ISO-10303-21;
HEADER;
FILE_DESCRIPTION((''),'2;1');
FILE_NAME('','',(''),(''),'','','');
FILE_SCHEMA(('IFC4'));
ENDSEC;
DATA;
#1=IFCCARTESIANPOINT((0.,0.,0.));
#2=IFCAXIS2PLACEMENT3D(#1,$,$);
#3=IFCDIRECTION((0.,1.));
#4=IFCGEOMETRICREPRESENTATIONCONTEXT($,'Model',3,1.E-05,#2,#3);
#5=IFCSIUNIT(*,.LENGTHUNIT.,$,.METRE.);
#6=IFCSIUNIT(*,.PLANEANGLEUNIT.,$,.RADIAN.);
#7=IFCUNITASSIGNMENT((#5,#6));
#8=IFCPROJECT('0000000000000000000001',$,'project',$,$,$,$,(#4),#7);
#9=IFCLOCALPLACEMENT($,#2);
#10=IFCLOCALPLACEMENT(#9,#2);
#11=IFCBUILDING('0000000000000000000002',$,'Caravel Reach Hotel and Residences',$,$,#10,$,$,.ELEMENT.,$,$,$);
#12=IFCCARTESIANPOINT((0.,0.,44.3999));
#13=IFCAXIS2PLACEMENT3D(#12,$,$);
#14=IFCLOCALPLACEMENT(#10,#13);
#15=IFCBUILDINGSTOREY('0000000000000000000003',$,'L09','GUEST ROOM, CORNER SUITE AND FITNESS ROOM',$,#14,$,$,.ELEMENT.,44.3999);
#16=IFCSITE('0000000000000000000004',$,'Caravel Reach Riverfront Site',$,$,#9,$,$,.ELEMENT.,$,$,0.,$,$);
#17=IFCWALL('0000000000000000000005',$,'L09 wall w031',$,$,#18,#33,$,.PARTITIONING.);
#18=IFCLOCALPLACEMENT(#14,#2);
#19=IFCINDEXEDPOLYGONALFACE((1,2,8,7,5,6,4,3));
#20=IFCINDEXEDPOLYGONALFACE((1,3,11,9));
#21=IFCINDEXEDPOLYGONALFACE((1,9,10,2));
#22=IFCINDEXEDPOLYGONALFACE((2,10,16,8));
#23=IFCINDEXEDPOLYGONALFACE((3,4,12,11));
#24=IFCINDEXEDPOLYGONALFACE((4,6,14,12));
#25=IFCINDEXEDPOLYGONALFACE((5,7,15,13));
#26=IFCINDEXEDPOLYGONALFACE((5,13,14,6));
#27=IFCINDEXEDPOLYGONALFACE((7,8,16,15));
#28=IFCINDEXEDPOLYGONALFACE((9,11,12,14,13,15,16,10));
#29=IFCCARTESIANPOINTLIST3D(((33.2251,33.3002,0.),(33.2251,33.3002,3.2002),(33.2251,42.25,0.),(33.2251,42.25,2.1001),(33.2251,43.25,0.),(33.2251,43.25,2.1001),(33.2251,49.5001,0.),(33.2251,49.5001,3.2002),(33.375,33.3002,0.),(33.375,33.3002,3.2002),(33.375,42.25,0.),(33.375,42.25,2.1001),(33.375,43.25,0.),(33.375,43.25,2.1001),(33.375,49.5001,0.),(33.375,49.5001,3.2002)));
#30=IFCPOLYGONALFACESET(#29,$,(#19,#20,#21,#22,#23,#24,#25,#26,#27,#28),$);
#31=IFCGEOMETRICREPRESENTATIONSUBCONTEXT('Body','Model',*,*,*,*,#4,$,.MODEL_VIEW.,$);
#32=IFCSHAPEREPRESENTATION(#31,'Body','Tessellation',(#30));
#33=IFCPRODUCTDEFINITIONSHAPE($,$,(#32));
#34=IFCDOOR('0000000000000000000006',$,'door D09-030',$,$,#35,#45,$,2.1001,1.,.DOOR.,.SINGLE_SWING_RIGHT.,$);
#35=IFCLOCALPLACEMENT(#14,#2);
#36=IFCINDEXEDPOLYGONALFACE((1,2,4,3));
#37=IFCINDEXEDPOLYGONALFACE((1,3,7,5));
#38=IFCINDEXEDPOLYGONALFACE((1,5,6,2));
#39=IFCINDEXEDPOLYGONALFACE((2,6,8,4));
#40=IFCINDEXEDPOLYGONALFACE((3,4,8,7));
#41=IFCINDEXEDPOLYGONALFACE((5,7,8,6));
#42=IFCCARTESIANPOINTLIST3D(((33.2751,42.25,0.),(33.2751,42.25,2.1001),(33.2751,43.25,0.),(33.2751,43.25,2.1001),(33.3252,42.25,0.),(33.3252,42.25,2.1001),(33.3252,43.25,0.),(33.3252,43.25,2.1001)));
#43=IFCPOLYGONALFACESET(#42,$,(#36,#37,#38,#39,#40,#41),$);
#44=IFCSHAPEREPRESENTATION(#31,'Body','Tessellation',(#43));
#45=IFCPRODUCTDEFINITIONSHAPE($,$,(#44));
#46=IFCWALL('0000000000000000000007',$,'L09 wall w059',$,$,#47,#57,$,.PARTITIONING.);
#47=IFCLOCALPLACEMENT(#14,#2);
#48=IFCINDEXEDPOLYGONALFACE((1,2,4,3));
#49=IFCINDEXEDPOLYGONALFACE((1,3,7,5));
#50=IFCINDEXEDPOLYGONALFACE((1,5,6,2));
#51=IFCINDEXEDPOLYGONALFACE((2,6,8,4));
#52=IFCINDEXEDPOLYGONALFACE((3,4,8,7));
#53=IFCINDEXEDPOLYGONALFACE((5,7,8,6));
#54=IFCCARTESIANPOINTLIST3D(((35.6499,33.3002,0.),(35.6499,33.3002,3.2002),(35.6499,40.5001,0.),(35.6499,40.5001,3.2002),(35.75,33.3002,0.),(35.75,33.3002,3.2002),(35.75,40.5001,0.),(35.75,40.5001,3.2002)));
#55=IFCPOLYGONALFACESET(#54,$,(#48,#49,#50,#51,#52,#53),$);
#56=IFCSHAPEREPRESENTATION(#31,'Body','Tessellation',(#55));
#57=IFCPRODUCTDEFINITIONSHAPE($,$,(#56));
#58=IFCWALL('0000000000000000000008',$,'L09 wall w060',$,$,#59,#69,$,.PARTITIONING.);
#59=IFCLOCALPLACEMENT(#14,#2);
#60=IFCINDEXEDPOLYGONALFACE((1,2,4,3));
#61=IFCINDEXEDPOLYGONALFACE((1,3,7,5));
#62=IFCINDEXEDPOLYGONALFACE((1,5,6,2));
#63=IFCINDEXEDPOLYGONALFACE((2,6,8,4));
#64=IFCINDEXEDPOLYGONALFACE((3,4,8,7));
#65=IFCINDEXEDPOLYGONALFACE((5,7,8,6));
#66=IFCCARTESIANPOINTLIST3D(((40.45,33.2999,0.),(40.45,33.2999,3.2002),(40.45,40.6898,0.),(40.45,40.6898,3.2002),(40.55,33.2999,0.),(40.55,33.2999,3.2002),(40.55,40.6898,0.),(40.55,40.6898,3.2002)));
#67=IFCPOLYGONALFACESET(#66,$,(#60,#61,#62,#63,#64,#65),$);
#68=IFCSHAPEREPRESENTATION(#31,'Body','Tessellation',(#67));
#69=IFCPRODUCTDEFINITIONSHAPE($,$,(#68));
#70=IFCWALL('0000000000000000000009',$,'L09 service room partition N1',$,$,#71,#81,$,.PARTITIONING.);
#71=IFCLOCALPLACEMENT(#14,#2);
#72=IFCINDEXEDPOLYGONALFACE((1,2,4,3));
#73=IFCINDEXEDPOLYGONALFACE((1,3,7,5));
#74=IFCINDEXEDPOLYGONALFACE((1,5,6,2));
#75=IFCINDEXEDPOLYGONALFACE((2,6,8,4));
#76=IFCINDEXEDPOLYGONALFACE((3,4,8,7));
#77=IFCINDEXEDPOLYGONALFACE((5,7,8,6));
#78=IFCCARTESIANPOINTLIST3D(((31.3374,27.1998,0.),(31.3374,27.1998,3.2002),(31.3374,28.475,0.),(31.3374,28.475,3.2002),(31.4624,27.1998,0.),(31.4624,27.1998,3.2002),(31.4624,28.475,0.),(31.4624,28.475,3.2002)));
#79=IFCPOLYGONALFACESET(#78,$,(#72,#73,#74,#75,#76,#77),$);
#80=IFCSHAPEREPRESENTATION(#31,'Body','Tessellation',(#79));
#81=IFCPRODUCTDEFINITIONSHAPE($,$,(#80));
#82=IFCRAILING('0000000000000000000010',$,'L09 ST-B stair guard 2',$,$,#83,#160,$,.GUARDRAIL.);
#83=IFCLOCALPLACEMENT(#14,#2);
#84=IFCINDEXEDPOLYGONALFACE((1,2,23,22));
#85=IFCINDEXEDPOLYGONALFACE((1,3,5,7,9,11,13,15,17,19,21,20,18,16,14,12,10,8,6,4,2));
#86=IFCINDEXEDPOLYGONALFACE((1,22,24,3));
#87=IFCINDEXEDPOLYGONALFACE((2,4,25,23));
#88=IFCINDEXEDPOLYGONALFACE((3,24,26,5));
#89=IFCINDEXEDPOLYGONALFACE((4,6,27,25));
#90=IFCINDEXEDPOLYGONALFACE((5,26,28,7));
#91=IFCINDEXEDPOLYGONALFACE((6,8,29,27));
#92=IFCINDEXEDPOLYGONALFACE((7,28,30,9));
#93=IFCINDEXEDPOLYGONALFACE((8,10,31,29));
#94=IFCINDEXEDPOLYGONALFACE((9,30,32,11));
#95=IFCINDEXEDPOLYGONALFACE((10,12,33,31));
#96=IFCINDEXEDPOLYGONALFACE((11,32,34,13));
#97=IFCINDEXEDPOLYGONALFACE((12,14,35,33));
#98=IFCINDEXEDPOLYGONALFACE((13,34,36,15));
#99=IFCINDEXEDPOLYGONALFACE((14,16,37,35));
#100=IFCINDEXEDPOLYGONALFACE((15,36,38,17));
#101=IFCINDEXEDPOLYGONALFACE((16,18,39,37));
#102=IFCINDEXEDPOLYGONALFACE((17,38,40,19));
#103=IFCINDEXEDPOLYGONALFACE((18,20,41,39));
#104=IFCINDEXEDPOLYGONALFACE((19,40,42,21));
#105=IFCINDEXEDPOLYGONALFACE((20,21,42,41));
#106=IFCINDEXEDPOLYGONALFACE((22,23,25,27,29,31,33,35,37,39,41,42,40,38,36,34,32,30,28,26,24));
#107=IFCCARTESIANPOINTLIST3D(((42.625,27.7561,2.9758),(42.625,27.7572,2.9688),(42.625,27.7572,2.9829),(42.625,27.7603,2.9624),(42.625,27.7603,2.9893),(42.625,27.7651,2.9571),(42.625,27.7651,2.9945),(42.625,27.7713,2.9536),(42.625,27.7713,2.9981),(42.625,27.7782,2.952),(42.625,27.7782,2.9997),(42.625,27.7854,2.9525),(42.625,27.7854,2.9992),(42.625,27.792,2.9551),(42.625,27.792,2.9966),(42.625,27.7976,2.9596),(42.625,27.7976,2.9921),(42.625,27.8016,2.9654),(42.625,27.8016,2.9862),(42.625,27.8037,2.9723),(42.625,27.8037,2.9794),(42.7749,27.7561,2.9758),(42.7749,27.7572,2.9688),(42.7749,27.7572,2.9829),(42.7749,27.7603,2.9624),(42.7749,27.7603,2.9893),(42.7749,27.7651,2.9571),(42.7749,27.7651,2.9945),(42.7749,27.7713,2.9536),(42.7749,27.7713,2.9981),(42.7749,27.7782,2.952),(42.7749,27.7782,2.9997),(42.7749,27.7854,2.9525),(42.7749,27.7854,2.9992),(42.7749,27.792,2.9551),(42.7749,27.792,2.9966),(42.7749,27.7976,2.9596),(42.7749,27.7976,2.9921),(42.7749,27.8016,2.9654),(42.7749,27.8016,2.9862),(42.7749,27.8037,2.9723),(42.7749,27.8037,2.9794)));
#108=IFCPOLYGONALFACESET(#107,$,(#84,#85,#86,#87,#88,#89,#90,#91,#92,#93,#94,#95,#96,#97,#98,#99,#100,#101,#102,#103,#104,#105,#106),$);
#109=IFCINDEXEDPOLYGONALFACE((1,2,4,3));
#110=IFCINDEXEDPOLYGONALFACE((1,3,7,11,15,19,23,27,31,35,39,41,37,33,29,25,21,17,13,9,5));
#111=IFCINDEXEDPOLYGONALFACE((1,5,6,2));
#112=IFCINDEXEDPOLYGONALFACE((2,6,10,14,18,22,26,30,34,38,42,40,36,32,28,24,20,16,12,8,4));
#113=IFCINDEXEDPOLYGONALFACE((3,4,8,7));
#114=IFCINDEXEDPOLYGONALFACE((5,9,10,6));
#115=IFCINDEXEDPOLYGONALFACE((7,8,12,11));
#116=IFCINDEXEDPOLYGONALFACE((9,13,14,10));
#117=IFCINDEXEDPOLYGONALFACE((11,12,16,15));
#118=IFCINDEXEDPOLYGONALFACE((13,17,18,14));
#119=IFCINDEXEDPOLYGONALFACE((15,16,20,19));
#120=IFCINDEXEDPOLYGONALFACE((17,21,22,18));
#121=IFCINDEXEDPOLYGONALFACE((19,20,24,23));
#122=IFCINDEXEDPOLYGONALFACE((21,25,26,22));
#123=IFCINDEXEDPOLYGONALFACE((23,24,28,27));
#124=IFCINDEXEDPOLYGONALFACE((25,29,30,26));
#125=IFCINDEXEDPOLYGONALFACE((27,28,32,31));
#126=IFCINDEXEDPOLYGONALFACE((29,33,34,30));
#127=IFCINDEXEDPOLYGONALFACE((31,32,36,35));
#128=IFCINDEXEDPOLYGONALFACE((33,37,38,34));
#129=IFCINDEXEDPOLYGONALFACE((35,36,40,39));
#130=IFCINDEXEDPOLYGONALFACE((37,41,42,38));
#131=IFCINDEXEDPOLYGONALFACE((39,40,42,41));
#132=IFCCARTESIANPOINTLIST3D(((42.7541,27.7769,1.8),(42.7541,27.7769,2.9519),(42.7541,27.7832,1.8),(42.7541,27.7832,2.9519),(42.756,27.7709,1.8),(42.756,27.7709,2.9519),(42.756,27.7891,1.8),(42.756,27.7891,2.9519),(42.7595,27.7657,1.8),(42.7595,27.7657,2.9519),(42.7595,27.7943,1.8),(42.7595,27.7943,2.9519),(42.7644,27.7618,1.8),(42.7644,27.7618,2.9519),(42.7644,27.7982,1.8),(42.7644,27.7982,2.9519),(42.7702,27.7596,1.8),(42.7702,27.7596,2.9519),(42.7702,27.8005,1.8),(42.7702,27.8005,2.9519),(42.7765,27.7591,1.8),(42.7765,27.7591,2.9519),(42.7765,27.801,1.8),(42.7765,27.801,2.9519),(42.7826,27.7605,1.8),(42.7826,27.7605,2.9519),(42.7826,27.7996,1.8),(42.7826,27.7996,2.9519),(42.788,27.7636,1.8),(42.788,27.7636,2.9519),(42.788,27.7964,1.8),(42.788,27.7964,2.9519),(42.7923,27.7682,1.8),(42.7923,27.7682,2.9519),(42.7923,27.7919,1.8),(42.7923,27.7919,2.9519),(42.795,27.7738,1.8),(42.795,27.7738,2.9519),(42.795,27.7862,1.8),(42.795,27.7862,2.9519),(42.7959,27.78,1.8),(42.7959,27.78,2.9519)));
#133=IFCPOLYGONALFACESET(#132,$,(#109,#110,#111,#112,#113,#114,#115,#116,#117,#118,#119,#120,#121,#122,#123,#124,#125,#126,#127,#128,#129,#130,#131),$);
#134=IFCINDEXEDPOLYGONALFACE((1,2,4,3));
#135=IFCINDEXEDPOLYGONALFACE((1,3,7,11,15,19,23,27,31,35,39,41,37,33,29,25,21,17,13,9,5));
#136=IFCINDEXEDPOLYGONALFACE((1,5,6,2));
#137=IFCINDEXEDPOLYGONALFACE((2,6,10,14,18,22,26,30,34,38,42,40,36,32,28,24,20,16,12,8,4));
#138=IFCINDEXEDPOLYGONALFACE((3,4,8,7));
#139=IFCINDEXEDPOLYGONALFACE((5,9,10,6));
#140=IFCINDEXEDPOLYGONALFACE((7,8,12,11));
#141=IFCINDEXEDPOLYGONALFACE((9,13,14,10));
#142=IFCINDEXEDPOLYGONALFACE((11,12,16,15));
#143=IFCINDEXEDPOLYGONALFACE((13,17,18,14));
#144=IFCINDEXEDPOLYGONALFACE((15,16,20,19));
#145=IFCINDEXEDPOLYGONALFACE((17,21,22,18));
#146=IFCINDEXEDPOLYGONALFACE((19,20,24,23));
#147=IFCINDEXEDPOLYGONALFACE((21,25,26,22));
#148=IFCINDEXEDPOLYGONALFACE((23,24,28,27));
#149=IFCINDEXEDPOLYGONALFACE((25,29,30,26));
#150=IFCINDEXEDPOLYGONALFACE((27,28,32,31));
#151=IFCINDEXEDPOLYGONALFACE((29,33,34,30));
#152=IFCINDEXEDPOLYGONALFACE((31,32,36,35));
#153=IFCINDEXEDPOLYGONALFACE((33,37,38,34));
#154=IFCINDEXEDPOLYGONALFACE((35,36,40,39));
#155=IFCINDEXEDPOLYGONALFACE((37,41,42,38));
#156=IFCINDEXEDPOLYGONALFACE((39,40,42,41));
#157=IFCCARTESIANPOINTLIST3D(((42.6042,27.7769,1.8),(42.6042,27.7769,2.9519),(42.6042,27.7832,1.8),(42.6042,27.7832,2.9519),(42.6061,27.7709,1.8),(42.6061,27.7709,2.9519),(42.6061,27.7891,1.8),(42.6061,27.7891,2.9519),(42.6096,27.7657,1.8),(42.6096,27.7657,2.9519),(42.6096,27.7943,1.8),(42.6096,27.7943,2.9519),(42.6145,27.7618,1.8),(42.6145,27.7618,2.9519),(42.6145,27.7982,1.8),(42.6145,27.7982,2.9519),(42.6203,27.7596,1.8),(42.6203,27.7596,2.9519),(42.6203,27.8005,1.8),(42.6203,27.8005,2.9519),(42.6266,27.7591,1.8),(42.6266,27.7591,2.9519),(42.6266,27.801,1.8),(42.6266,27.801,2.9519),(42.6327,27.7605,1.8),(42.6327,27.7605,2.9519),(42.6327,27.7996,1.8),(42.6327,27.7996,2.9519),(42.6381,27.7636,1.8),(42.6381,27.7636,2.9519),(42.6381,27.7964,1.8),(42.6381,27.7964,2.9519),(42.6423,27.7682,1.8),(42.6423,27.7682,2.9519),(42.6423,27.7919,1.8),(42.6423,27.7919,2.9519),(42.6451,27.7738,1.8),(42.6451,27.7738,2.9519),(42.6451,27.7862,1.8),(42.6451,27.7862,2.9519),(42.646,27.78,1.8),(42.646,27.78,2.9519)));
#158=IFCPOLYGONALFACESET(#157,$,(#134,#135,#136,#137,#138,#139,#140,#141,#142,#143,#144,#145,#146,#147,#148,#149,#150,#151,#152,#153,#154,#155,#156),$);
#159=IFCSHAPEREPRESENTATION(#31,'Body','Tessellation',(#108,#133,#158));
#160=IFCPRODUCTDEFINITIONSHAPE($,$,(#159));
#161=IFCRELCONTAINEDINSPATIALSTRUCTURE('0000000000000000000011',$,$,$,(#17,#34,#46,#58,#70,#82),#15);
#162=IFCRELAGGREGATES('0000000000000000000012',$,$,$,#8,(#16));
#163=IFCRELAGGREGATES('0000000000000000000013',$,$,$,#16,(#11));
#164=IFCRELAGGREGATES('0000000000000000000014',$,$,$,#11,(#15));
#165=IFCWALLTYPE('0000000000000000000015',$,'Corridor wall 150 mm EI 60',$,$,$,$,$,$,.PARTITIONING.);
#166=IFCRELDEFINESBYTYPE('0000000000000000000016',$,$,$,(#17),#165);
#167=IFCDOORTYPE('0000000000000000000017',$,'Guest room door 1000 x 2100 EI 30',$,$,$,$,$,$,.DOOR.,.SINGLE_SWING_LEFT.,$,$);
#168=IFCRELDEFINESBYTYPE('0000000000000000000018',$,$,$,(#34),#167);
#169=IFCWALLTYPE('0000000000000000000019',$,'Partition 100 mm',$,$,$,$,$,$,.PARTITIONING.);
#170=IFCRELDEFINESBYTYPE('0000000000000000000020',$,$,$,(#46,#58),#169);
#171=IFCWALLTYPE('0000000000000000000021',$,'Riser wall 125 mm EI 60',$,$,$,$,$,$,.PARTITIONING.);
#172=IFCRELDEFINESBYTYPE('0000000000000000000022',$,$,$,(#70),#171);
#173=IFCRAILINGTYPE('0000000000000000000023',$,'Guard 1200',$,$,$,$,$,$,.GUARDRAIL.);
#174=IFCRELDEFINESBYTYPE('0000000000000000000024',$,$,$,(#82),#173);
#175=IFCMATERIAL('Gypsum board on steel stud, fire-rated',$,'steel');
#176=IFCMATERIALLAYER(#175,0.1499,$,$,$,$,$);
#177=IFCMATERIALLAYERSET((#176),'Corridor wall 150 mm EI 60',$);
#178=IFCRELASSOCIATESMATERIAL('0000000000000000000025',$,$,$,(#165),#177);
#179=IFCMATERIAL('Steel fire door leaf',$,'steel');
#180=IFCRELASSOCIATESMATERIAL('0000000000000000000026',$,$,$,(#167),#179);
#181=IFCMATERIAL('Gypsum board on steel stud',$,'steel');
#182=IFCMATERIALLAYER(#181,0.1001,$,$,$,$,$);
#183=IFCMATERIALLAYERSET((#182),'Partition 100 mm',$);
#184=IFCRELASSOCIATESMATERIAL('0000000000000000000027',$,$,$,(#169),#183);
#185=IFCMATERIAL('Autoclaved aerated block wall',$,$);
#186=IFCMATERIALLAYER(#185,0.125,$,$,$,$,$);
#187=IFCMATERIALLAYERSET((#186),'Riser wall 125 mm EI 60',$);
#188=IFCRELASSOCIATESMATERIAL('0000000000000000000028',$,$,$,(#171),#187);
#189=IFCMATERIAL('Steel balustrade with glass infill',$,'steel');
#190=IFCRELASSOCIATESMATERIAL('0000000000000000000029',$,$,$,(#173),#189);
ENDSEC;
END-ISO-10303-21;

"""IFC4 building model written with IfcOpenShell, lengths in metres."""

from ifc_helpers import new_model, si_unit, direction, frame, frame_2d, origin, origin_2d, place, context, subcontext, project, spatial, rectangle, circle, extrude, material, layer, layer_set, type_object, element, fill, save


model = new_model("IFC4")

# Units and contexts
model_context = context("Model", 3, precision=1e-05, world=origin(), true_north=direction((0.0, 1.0)))
body_context = subcontext(model_context, "Body", "Model", "MODEL_VIEW")
ifc_project = project(units=[si_unit("LENGTHUNIT", "METRE"), si_unit("PLANEANGLEUNIT", "RADIAN")], contexts=[model_context])

# Site, building, storey
site_placement = place(None, origin())
site = spatial("IfcSite", under=ifc_project, at=site_placement, Name="Caravel Reach Riverfront Site", CompositionType="ELEMENT", RefElevation=0.0)
building_placement = place(site_placement, origin())
building = spatial("IfcBuilding", under=site, at=building_placement, Name="Caravel Reach Hotel and Residences", CompositionType="ELEMENT")
storey_placement = place(building_placement, frame((0.0, 0.0, 44.3999)))
storey = spatial("IfcBuildingStorey", under=building, at=storey_placement, Name="L09", Description="GUEST ROOM, CORNER SUITE AND FITNESS ROOM", CompositionType="ELEMENT", Elevation=44.3999)

# Shared definitions
ifc_material_1 = material(Name="Gypsum board on steel stud, fire-rated", Category="steel")
ifc_layer_1 = layer(ifc_material_1, 0.1499)
ifc_layer_set_1 = layer_set([ifc_layer_1], Name="Corridor wall 150 mm EI 60")
wall_type_1 = type_object("IfcWallType", Name="Corridor wall 150 mm EI 60", PredefinedType="PARTITIONING", material=ifc_layer_set_1)
ifc_material_2 = material(Name="Steel fire door leaf", Category="steel")
door_type_1 = type_object("IfcDoorType", Name="Guest room door 1000 x 2100 EI 30", OperationType="SINGLE_SWING_LEFT", PredefinedType="DOOR", material=ifc_material_2)

# Wall, opening, door
wall_1_placement = place(storey_placement, frame((33.3, 33.3, 0.0), z_axis=(0.0, 0.0, 1.0), x_axis=(0.0, 1.0, 0.0)))
wall_1 = element("IfcWall", 1, at=wall_1_placement, inside=storey, type_object=wall_type_1, Name="L09 wall w031", PredefinedType="PARTITIONING", context=body_context, shape_type="SweptSolid", body=[
    extrude(rectangle(XDim=16.2, YDim=0.1499, at=frame_2d((8.1001, 0.0))), origin(), (0.0, 0.0, 1.0), 3.2002),
])
opening_1_placement = place(wall_1_placement, frame((8.95, 0.0, 0.0)))
opening_1 = element("IfcOpeningElement", 2, at=opening_1_placement, cuts=wall_1, PredefinedType="OPENING", context=body_context, shape_type="SweptSolid", body=[
    extrude(rectangle(XDim=1.0, YDim=2.1001, at=frame_2d((0.5, 1.05))), frame((0.0, 0.085, 0.0), z_axis=(0.0, -1.0, 0.0), x_axis=(1.0, 0.0, 0.0)), (0.0, 0.0, 1.0), 0.1699),
])
door_1_placement = place(opening_1_placement, origin())
door_1 = element("IfcDoor", 3, at=door_1_placement, inside=storey, type_object=door_type_1, Name="door D09-030", OperationType="SINGLE_SWING_RIGHT", OverallHeight=2.1001, OverallWidth=1.0, PredefinedType="DOOR", context=body_context, shape_type="SweptSolid", body=[
    extrude(rectangle(XDim=1.0, YDim=2.1001, at=frame_2d((0.5, 1.05))), frame((0.0, 0.0249, 0.0), z_axis=(0.0, -1.0, 0.0), x_axis=(1.0, 0.0, 0.0)), (0.0, 0.0, 1.0), 0.05),
])
fill(opening_1, door_1)

# Walls
ifc_material_3 = material(Name="Gypsum board on steel stud", Category="steel")
ifc_layer_2 = layer(ifc_material_3, 0.1001)
ifc_layer_set_2 = layer_set([ifc_layer_2], Name="Partition 100 mm")
wall_type_2 = type_object("IfcWallType", Name="Partition 100 mm", PredefinedType="PARTITIONING", material=ifc_layer_set_2)
wall_2_placement = place(storey_placement, frame((35.7, 33.3, 0.0), z_axis=(0.0, 0.0, 1.0), x_axis=(0.0, 1.0, 0.0)))
element("IfcWall", 4, at=wall_2_placement, inside=storey, type_object=wall_type_2, Name="L09 wall w059", PredefinedType="PARTITIONING", context=body_context, shape_type="SweptSolid", body=[
    extrude(rectangle(XDim=7.2, YDim=0.1001, at=frame_2d((3.6001, 0.0))), origin(), (0.0, 0.0, 1.0), 3.2002),
])
wall_3_placement = place(storey_placement, frame((40.5, 33.3, 0.0), z_axis=(0.0, 0.0, 1.0), x_axis=(0.0, 1.0, 0.0)))
element("IfcWall", 5, at=wall_3_placement, inside=storey, type_object=wall_type_2, Name="L09 wall w060", PredefinedType="PARTITIONING", context=body_context, shape_type="SweptSolid", body=[
    extrude(rectangle(XDim=7.3899, YDim=0.1001, at=frame_2d((3.6948, 0.0))), origin(), (0.0, 0.0, 1.0), 3.2002),
])
ifc_material_4 = material(Name="Autoclaved aerated block wall")
ifc_layer_3 = layer(ifc_material_4, 0.125)
ifc_layer_set_3 = layer_set([ifc_layer_3], Name="Riser wall 125 mm EI 60")
wall_type_3 = type_object("IfcWallType", Name="Riser wall 125 mm EI 60", PredefinedType="PARTITIONING", material=ifc_layer_set_3)
wall_4_placement = place(storey_placement, frame((31.3999, 28.4751, 0.0), z_axis=(0.0, 0.0, 1.0), x_axis=(0.0, -1.0, 0.0)))
element("IfcWall", 6, at=wall_4_placement, inside=storey, type_object=wall_type_3, Name="L09 service room partition N1", PredefinedType="PARTITIONING", context=body_context, shape_type="SweptSolid", body=[
    extrude(rectangle(XDim=1.2751, YDim=0.125, at=frame_2d((0.6377, 0.0))), origin(), (0.0, 0.0, 1.0), 3.2002),
])

# Railing
ifc_material_5 = material(Name="Steel balustrade with glass infill", Category="steel")
railing_type_1 = type_object("IfcRailingType", Name="Guard 1200", PredefinedType="GUARDRAIL", material=ifc_material_5)
railing_1_placement = place(storey_placement, frame((42.7749, 27.78, 1.8)))
element("IfcRailing", 7, at=railing_1_placement, inside=storey, type_object=railing_type_1, Name="L09 ST-B stair guard 2", PredefinedType="GUARDRAIL", context=body_context, shape_type="SweptSolid", body=[
    extrude(circle(Radius=0.0239, at=origin_2d()), frame((0.0, 0.0, 1.1758), z_axis=(-1.0, 0.0, 0.0), x_axis=(0.0, -1.0, 0.0)), (0.0, 0.0, 1.0), 0.1499),
    extrude(circle(Radius=0.021, at=origin_2d()), origin(), (0.0, 0.0, 1.0), 1.1519),
    extrude(circle(Radius=0.021, at=origin_2d()), frame((-0.1499, 0.0, 0.0)), (0.0, 0.0, 1.0), 1.1519),
])

save(model, "model.ifc")
